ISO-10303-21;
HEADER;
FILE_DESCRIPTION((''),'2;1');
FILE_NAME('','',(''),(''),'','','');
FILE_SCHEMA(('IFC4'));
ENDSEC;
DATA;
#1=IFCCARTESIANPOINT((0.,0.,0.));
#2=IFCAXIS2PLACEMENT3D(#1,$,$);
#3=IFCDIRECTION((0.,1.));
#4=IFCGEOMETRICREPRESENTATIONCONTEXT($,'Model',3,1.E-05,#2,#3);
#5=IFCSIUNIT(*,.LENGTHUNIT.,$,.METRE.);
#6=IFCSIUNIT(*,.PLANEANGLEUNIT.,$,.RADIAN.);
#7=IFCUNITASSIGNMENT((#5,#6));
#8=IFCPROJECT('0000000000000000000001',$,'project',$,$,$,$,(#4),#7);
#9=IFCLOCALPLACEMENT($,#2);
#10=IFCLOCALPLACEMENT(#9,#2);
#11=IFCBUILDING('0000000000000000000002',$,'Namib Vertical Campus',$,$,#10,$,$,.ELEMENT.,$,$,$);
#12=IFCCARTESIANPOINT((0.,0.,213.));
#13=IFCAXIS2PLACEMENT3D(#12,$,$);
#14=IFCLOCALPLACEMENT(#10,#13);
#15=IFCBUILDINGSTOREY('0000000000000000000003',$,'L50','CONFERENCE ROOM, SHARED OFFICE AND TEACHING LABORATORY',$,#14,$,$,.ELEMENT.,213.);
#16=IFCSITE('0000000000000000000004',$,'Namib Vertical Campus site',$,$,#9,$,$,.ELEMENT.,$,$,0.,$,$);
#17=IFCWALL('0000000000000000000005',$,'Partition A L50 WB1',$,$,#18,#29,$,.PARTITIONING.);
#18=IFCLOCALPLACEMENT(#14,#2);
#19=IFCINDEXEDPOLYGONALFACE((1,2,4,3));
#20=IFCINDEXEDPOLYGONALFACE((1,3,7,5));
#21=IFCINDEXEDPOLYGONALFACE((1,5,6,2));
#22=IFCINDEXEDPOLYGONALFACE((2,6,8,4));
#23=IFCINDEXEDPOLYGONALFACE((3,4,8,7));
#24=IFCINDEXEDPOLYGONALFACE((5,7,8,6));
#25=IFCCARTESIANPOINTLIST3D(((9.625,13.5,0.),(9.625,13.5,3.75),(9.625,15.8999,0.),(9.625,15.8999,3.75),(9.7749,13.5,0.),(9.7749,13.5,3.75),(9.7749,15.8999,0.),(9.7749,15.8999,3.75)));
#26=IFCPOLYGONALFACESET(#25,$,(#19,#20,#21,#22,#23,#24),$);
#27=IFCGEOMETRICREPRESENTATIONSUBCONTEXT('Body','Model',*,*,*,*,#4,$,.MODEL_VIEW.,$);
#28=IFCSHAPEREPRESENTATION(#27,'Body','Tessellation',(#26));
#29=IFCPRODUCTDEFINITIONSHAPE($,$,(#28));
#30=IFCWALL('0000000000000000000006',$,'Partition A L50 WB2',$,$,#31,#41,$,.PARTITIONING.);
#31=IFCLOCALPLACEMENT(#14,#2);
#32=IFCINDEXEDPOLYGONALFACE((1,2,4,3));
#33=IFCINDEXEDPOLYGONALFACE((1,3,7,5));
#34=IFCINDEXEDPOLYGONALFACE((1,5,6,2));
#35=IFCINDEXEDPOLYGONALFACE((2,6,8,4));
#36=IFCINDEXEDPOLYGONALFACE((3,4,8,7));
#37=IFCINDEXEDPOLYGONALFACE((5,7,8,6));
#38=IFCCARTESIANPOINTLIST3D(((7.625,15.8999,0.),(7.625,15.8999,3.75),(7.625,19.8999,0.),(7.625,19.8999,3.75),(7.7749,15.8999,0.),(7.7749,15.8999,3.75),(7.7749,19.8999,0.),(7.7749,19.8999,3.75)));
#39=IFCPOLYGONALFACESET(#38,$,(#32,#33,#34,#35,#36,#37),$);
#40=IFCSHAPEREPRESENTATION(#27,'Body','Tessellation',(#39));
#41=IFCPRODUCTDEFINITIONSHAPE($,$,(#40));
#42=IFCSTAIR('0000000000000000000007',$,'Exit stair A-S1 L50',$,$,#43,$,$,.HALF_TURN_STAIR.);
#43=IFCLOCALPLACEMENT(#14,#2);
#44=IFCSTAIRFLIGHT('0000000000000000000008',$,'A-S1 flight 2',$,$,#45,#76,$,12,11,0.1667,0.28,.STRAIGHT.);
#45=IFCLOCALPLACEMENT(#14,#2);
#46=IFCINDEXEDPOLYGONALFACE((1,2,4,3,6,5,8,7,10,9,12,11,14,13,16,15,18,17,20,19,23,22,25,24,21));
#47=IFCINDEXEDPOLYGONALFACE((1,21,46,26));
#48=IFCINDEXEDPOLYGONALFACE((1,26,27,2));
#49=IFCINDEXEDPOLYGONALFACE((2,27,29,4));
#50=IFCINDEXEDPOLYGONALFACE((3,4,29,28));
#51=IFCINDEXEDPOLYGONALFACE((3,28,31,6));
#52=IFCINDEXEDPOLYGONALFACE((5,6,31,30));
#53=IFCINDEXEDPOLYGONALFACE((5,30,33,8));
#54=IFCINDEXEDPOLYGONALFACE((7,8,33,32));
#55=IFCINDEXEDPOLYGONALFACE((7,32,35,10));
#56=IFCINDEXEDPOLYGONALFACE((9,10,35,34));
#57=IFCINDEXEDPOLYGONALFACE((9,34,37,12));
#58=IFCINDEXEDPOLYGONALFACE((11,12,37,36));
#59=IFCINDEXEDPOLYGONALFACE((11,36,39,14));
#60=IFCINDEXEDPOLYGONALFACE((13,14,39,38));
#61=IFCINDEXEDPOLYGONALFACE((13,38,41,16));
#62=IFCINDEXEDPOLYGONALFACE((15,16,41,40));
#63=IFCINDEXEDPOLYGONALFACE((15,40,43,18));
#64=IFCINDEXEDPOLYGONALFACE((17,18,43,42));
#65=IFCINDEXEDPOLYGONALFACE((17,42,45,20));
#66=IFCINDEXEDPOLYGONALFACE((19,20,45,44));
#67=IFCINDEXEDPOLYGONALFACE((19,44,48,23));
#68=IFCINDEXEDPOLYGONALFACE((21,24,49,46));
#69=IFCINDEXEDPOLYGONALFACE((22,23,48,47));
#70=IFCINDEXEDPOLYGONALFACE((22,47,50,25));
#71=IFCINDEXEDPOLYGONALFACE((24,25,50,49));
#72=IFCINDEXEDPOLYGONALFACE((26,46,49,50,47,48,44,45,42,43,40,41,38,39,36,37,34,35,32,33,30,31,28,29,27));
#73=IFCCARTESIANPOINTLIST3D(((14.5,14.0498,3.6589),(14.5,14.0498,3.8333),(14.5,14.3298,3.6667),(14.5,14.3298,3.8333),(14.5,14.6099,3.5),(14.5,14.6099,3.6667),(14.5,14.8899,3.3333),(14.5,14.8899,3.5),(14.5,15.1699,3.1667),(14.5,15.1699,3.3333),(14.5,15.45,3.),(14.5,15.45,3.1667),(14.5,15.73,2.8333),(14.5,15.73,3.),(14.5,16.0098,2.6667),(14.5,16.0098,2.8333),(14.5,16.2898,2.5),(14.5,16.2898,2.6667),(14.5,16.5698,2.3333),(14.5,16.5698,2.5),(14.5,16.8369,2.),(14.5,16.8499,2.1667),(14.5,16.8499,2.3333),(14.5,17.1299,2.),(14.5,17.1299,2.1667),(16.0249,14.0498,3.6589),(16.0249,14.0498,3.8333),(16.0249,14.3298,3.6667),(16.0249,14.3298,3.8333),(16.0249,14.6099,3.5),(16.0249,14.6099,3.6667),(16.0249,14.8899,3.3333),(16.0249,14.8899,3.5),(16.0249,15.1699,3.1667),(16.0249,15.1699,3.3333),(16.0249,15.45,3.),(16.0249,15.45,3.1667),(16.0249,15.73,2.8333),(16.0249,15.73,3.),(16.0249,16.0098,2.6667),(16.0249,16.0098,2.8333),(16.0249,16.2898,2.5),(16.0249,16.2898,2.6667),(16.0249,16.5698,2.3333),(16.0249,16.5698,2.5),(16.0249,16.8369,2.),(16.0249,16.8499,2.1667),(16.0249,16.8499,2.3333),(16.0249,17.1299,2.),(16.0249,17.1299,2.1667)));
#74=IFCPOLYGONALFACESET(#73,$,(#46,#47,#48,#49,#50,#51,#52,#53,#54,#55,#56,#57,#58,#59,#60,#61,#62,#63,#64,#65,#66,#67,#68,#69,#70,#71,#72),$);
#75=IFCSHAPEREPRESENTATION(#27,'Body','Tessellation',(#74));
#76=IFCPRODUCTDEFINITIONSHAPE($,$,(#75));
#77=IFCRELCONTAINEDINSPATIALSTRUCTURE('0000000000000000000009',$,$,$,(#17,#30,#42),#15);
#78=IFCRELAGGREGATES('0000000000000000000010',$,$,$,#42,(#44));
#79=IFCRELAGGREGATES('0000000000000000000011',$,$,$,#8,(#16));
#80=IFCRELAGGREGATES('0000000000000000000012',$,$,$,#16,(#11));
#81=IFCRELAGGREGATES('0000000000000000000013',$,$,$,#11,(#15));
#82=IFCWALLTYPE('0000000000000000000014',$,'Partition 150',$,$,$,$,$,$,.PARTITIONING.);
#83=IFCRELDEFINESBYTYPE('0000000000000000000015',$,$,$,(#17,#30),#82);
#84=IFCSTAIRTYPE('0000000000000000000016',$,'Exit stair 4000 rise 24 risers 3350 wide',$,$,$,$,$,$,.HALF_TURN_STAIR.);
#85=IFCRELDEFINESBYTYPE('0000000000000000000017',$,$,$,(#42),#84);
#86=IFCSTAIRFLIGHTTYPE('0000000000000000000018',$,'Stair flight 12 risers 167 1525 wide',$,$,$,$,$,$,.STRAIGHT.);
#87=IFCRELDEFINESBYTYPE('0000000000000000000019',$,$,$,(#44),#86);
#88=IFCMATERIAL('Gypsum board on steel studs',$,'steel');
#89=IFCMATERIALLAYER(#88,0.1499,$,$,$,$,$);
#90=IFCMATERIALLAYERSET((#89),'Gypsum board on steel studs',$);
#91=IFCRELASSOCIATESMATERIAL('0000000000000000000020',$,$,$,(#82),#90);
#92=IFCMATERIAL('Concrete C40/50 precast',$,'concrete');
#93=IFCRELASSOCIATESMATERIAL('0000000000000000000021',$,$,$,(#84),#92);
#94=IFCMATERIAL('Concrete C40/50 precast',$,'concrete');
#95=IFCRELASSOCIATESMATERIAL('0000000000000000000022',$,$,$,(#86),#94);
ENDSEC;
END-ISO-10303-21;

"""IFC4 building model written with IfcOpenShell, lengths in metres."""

from ifc_helpers import new_model, si_unit, direction, frame, frame_2d, origin, place, context, subcontext, project, spatial, polyline, rectangle, outline, extrude, material, layer, layer_set, type_object, element, aggregate, save


model = new_model("IFC4")

# Units and contexts
model_context = context("Model", 3, precision=1e-05, world=origin(), true_north=direction((0.0, 1.0)))
body_context = subcontext(model_context, "Body", "Model", "MODEL_VIEW")
ifc_project = project(units=[si_unit("LENGTHUNIT", "METRE"), si_unit("PLANEANGLEUNIT", "RADIAN")], contexts=[model_context])

# Site, building, storey
site_placement = place(None, origin())
site = spatial("IfcSite", under=ifc_project, at=site_placement, Name="Namib Vertical Campus site", CompositionType="ELEMENT", RefElevation=0.0)
building_placement = place(site_placement, origin())
building = spatial("IfcBuilding", under=site, at=building_placement, Name="Namib Vertical Campus", CompositionType="ELEMENT")
storey_placement = place(building_placement, frame((0.0, 0.0, 213.0)))
storey = spatial("IfcBuildingStorey", under=building, at=storey_placement, Name="L50", Description="CONFERENCE ROOM, SHARED OFFICE AND TEACHING LABORATORY", CompositionType="ELEMENT", Elevation=213.0)

# Walls
ifc_material_1 = material(Name="Gypsum board on steel studs", Category="steel")
ifc_layer_1 = layer(ifc_material_1, 0.1499)
ifc_layer_set_1 = layer_set([ifc_layer_1], Name="Gypsum board on steel studs")
wall_type_1 = type_object("IfcWallType", Name="Partition 150", PredefinedType="PARTITIONING", material=ifc_layer_set_1)
wall_1_placement = place(storey_placement, frame((9.7, 13.5, 0.0), z_axis=(0.0, 0.0, 1.0), x_axis=(0.0, 1.0, 0.0)))
element("IfcWall", 1, at=wall_1_placement, inside=storey, type_object=wall_type_1, Name="Partition A L50 WB1", PredefinedType="PARTITIONING", context=body_context, shape_type="SweptSolid", body=[
    extrude(rectangle(XDim=2.3999, YDim=0.1499, at=frame_2d((1.2, 0.0))), origin(), (0.0, 0.0, 1.0), 3.75),
])
wall_2_placement = place(storey_placement, frame((7.7, 15.8999, 0.0), z_axis=(0.0, 0.0, 1.0), x_axis=(0.0, 1.0, 0.0)))
element("IfcWall", 2, at=wall_2_placement, inside=storey, type_object=wall_type_1, Name="Partition A L50 WB2", PredefinedType="PARTITIONING", context=body_context, shape_type="SweptSolid", body=[
    extrude(rectangle(XDim=4.0, YDim=0.1499, at=frame_2d((2.0, 0.0))), origin(), (0.0, 0.0, 1.0), 3.75),
])

# Stair, stair flight
ifc_material_2 = material(Name="Concrete C40/50 precast", Category="concrete")
stair_type = type_object("IfcStairType", Name="Exit stair 4000 rise 24 risers 3350 wide", PredefinedType="HALF_TURN_STAIR", material=ifc_material_2)
stair_placement = place(storey_placement, origin())
stair = element("IfcStair", 3, at=stair_placement, inside=storey, type_object=stair_type, Name="Exit stair A-S1 L50", PredefinedType="HALF_TURN_STAIR")
ifc_material_3 = material(Name="Concrete C40/50 precast", Category="concrete")
stair_flight_type = type_object("IfcStairFlightType", Name="Stair flight 12 risers 167 1525 wide", PredefinedType="STRAIGHT", material=ifc_material_3)
stair_flight_placement = place(storey_placement, frame((15.2625, 17.1299, 2.0), z_axis=(0.0, 0.0, 1.0), x_axis=(0.0, -1.0, 0.0)))
stair_flight = element("IfcStairFlight", 4, at=stair_flight_placement, type_object=stair_flight_type, Name="A-S1 flight 2", NumberOfRisers=12, NumberOfTreads=11, PredefinedType="STRAIGHT", RiserHeight=0.1667, TreadLength=0.28, context=body_context, shape_type="SweptSolid", body=[
    extrude(outline(polyline([(0.0, 0.0), (0.0, 0.1667), (0.28, 0.1667), (0.28, 0.3333), (0.5601, 0.3333), (0.5601, 0.5), (0.8401, 0.5), (0.8401, 0.6667), (1.1201, 0.6667), (1.1201, 0.8333), (1.3999, 0.8333), (1.3999, 1.0), (1.6799, 1.0), (1.6799, 1.1667), (1.96, 1.1667), (1.96, 1.3333), (2.24, 1.3333), (2.24, 1.5), (2.52, 1.5), (2.52, 1.6667), (2.8, 1.6667), (2.8, 1.8333), (3.0801, 1.8333), (3.0801, 2.0), (3.0801, 1.6589), (0.293, 0.0), (0.0, 0.0)])), frame((0.0, 0.7625, 0.0), z_axis=(0.0, -1.0, 0.0), x_axis=(1.0, 0.0, 0.0)), (0.0, 0.0, 1.0), 1.5249),
])
aggregate(stair, [stair_flight])

save(model, "model.ifc")
